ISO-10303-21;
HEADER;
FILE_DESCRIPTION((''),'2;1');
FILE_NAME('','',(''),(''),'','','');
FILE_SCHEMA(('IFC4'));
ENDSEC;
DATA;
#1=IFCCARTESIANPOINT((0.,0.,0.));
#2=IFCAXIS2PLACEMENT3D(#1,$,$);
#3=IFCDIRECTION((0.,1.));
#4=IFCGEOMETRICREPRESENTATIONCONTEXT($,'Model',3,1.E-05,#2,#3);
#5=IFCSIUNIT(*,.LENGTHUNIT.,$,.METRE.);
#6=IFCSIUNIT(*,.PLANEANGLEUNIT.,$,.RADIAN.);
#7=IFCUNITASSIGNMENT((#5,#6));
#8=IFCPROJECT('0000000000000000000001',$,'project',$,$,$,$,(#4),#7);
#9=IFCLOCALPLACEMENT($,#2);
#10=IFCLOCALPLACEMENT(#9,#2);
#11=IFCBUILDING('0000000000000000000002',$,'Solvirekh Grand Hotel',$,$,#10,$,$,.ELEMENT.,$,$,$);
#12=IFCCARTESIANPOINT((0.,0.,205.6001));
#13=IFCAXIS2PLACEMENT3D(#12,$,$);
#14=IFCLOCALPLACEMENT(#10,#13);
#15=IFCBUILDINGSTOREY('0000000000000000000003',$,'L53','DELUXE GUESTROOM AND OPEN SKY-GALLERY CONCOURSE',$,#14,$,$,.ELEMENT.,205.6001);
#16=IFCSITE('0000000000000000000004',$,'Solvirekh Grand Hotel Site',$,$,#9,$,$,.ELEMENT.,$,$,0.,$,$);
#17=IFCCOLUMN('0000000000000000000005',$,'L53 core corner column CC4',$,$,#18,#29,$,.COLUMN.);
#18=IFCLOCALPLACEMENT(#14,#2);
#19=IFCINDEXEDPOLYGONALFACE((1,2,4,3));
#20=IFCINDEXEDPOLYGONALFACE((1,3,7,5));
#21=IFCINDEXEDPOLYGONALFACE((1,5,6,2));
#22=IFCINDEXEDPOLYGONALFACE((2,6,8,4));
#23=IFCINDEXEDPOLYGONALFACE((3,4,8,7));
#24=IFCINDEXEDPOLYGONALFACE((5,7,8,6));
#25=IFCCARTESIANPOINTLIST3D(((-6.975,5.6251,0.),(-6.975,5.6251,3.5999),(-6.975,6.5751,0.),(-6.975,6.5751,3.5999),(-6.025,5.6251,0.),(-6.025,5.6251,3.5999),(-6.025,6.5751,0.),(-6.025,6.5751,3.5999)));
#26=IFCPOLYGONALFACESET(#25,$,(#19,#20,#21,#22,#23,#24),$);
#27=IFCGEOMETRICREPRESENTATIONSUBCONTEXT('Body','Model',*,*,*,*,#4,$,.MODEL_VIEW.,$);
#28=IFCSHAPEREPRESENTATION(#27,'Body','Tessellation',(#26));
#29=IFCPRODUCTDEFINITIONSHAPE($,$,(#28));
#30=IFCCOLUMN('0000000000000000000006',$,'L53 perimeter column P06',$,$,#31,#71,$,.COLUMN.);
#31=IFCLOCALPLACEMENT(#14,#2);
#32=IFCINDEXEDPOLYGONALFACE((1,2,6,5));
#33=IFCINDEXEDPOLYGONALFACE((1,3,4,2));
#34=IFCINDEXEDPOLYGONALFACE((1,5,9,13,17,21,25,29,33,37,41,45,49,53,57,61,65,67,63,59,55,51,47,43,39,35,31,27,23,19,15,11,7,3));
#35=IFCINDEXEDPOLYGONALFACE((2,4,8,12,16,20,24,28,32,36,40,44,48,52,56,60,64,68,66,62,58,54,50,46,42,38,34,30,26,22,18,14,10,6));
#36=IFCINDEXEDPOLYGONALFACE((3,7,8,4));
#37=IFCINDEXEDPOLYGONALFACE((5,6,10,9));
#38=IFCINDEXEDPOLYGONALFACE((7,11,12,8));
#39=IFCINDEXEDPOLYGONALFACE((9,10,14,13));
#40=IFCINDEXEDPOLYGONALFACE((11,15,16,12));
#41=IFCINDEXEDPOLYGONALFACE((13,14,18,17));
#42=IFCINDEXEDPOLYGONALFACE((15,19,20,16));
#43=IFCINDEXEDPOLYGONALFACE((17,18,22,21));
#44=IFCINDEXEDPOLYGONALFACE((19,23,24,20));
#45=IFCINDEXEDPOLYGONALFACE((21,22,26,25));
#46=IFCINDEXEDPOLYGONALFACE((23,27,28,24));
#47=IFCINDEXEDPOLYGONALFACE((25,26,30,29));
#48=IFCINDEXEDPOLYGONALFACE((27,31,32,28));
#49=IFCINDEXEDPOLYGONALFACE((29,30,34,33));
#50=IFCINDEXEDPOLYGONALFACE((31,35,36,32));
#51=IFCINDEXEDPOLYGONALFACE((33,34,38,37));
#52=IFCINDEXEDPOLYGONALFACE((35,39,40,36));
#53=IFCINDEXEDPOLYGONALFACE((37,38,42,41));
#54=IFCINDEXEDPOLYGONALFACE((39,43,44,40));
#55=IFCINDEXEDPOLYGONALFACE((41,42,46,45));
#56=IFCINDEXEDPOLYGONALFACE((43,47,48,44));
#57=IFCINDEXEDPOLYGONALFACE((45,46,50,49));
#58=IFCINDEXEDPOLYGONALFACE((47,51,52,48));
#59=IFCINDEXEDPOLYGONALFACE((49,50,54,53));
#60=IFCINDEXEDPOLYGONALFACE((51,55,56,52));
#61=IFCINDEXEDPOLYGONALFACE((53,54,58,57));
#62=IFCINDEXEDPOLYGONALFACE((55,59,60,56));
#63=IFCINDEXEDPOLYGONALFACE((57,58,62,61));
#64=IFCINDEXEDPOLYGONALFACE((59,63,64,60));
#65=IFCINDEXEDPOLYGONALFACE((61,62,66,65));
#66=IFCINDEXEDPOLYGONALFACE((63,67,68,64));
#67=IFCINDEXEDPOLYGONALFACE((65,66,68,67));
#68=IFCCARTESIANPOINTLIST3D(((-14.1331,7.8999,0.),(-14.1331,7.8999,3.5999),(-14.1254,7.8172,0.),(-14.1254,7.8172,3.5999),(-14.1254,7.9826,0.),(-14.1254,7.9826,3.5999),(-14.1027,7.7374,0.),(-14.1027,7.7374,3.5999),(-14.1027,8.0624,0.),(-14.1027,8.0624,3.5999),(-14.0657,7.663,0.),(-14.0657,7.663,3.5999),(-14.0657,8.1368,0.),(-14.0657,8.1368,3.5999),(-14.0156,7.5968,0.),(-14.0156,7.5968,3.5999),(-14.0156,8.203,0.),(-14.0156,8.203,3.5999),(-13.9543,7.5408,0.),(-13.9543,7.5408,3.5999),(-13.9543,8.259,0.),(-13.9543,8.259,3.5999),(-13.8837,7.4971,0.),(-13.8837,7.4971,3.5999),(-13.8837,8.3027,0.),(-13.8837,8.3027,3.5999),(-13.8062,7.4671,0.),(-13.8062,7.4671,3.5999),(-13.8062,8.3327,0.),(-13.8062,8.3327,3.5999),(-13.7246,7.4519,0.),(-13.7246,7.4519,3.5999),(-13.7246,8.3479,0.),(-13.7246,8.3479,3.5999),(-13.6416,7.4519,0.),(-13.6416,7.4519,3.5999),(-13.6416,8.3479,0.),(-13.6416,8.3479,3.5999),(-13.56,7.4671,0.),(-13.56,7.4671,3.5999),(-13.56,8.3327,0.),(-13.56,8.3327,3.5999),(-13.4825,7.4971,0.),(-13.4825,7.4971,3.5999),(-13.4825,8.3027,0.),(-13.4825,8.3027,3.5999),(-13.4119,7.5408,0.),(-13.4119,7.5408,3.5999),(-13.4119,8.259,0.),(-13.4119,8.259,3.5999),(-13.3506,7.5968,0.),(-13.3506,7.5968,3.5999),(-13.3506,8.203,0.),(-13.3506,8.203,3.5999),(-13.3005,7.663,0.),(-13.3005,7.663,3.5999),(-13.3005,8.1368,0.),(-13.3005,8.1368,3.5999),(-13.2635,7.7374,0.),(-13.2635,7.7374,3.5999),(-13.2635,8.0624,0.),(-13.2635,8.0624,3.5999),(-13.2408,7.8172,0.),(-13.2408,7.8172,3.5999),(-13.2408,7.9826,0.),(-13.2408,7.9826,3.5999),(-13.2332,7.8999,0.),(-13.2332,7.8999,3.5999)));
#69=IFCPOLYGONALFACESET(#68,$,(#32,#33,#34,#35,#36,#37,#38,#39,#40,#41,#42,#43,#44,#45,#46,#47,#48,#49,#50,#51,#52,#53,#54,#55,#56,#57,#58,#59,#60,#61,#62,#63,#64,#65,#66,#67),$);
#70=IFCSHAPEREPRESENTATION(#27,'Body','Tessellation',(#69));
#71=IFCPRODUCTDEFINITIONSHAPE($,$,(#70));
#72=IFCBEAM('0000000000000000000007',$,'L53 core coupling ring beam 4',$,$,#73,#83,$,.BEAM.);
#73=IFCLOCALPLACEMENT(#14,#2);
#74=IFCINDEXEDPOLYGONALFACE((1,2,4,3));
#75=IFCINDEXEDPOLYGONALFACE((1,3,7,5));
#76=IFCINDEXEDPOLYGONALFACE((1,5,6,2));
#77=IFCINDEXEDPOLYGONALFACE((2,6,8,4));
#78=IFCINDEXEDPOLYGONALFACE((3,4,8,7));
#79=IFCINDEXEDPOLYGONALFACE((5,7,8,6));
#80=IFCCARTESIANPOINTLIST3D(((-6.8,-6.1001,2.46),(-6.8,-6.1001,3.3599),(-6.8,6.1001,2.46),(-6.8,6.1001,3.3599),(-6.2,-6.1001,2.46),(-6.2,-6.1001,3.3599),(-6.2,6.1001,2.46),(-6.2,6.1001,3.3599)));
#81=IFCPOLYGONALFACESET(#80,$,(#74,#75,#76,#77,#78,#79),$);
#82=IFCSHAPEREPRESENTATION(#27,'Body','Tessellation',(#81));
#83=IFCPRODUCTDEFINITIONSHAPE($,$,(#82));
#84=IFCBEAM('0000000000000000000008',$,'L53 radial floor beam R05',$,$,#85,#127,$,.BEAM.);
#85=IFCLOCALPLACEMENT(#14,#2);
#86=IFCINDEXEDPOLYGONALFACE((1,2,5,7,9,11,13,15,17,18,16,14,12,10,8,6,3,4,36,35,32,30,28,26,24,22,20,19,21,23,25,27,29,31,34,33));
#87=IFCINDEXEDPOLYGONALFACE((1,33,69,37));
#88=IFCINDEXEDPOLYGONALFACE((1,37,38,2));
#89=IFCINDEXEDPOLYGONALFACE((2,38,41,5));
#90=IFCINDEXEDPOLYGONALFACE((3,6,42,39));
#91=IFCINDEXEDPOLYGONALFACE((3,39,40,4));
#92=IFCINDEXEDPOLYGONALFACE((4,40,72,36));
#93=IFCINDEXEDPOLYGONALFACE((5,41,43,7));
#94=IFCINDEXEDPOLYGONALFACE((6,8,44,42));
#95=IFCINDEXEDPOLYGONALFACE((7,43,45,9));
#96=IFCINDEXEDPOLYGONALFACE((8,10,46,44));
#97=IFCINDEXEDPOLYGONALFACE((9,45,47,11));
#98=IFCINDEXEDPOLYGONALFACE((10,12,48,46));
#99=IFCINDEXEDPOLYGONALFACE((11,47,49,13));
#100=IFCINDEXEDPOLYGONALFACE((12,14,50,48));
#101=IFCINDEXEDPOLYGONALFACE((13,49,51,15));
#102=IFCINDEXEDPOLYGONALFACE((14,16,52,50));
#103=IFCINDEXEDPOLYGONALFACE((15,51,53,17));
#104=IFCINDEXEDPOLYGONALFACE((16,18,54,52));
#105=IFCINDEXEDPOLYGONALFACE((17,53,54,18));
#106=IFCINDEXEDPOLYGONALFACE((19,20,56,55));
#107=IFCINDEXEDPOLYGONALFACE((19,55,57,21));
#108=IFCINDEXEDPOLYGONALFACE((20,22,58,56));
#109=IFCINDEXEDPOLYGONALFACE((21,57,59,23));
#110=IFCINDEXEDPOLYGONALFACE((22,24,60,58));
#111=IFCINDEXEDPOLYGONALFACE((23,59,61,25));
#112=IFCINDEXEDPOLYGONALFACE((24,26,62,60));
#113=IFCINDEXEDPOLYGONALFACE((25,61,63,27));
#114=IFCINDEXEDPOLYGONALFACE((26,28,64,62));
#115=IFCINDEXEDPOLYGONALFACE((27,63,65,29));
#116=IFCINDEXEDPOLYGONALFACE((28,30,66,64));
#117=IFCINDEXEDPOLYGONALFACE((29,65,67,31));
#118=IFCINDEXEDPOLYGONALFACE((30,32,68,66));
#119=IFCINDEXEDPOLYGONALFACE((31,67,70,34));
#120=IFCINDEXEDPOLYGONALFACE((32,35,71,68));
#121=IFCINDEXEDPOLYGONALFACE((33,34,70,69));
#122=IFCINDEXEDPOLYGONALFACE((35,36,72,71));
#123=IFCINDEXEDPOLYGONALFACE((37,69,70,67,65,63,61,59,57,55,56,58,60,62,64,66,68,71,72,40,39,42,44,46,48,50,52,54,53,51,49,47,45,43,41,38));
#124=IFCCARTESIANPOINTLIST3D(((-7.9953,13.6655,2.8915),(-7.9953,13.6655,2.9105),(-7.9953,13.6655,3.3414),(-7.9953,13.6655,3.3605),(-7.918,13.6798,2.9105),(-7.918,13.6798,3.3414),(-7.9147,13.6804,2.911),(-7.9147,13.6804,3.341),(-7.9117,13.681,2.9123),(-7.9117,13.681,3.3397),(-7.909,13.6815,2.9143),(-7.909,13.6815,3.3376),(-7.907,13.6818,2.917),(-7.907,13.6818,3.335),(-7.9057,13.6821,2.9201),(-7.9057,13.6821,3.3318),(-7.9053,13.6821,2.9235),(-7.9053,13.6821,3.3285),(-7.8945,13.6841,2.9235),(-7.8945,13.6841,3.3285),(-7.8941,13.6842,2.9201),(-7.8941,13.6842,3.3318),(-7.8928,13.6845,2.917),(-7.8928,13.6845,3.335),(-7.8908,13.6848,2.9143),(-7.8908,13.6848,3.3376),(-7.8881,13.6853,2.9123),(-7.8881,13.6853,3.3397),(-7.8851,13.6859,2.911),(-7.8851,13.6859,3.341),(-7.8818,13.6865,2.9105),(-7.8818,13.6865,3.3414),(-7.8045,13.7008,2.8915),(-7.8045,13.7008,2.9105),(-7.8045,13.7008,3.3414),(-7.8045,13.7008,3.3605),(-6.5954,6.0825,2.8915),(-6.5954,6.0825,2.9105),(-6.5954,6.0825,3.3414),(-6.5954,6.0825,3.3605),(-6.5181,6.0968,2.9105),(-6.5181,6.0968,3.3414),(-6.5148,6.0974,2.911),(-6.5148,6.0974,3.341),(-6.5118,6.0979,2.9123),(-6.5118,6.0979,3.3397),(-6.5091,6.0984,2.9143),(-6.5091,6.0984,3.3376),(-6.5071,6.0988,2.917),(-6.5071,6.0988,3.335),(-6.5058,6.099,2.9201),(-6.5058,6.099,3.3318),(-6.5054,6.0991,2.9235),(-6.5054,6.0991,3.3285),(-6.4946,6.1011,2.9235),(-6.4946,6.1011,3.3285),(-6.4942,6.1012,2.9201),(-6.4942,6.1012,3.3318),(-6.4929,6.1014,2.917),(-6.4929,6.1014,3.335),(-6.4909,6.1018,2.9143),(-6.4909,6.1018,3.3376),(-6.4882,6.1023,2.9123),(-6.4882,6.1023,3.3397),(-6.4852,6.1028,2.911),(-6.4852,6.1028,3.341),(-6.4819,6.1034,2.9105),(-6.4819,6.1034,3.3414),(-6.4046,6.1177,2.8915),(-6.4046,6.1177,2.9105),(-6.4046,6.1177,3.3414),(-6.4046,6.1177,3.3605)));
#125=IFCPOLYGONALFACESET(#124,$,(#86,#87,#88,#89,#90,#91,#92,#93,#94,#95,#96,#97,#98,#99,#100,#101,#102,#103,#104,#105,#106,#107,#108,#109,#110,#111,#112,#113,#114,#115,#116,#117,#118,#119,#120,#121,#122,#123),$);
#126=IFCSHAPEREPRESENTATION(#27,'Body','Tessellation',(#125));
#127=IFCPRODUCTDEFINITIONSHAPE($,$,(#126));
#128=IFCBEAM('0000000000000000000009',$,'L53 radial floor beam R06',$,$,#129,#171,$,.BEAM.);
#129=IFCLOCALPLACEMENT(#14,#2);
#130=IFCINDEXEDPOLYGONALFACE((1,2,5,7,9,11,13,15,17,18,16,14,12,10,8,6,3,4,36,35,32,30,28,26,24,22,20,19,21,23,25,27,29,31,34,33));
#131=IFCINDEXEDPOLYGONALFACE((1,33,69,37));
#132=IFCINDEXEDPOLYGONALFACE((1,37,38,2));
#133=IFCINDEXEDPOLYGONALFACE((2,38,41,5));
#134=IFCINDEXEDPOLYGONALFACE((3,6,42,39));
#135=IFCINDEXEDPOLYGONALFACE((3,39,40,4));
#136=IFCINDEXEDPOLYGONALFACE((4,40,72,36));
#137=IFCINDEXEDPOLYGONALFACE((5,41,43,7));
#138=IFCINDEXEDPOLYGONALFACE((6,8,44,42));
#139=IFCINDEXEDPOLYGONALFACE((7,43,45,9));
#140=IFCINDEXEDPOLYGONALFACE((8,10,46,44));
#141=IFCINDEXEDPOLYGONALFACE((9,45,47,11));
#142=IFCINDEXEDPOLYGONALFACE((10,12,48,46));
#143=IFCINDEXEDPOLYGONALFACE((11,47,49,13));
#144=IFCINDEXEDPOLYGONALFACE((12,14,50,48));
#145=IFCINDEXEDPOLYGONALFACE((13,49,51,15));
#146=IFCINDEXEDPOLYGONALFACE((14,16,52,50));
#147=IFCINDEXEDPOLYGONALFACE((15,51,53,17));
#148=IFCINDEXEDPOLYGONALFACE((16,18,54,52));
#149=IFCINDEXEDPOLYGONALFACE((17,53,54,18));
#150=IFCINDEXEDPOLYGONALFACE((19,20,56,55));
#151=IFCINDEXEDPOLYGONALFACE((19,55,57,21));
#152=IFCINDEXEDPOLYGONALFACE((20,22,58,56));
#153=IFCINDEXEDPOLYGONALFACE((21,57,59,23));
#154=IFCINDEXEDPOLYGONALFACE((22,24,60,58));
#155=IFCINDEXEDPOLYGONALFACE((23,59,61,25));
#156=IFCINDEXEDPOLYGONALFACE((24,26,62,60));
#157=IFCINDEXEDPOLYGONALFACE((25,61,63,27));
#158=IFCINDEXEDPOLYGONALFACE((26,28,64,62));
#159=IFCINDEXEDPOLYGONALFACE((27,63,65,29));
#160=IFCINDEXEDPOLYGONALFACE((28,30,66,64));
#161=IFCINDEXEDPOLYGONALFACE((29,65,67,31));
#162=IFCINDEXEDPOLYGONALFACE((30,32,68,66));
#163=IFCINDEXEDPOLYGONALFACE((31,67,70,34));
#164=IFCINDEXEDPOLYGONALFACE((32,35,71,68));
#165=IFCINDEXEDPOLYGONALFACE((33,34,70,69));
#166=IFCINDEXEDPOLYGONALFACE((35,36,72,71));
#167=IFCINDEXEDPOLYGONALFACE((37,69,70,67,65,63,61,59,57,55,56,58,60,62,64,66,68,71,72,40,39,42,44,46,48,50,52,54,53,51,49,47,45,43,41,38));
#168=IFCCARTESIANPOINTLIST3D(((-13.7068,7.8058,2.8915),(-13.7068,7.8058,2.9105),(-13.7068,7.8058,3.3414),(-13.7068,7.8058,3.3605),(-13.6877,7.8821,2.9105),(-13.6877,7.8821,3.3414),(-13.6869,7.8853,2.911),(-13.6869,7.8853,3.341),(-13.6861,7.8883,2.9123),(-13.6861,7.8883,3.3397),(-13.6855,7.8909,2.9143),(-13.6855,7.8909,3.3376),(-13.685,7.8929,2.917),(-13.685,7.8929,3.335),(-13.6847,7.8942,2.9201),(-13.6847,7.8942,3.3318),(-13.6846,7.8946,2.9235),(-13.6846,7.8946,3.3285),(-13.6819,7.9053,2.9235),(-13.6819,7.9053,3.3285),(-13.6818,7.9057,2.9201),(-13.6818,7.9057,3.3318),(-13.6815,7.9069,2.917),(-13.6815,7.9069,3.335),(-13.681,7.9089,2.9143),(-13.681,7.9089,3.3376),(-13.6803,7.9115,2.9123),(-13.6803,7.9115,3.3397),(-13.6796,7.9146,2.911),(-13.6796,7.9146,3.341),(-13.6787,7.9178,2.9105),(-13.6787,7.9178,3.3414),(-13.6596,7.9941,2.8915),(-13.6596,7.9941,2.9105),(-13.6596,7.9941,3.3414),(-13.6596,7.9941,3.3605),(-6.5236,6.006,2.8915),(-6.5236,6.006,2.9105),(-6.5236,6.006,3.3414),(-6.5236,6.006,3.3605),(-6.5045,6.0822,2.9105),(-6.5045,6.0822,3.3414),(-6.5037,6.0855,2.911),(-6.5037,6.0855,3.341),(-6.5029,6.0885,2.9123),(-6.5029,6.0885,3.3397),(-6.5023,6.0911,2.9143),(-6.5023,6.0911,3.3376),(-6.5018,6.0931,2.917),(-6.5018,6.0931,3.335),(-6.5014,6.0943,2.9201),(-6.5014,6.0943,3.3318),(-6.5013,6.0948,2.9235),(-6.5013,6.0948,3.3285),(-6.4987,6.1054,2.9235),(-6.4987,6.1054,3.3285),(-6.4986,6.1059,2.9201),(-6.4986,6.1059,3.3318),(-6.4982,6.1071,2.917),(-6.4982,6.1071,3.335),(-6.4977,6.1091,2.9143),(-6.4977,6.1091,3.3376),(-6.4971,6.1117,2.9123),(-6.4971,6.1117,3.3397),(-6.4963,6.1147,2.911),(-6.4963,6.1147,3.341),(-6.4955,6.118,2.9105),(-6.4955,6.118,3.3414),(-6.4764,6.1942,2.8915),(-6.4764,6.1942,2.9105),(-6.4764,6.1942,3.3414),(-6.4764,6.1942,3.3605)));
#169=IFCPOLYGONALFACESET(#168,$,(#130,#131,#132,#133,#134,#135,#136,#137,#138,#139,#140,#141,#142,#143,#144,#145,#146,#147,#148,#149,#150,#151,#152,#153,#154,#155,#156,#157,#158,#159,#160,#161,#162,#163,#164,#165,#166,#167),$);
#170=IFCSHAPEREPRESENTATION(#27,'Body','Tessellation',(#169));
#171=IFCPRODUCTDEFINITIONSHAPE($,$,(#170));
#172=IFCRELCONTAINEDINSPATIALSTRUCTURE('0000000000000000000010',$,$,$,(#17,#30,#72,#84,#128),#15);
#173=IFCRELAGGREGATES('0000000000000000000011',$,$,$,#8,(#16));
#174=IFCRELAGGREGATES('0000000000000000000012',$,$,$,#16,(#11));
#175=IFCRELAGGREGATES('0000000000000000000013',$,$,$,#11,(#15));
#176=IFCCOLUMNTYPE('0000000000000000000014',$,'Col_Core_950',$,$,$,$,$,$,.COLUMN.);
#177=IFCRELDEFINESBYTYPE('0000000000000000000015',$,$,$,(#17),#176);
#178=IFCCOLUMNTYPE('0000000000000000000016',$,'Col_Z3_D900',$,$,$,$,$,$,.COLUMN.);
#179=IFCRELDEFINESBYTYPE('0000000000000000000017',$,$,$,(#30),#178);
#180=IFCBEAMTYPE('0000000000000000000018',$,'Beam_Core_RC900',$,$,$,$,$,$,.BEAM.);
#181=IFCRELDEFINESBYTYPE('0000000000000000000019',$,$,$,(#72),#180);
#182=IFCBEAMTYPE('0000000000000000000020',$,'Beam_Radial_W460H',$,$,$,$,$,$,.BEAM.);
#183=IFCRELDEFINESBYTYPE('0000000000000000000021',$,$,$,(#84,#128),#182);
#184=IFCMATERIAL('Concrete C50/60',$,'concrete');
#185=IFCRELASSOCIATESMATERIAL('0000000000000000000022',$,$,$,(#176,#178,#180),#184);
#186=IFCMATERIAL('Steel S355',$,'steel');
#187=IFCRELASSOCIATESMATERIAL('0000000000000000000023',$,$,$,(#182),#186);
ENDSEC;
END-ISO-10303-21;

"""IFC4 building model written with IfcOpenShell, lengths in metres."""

from ifc_helpers import new_model, si_unit, direction, frame, origin, origin_2d, place, context, subcontext, project, spatial, rectangle, circle, i_section, extrude, material, material_profile, profile_set, type_object, element, save


model = new_model("IFC4")

# Units and contexts
model_context = context("Model", 3, precision=1e-05, world=origin(), true_north=direction((0.0, 1.0)))
body_context = subcontext(model_context, "Body", "Model", "MODEL_VIEW")
ifc_project = project(units=[si_unit("LENGTHUNIT", "METRE"), si_unit("PLANEANGLEUNIT", "RADIAN")], contexts=[model_context])

# Site, building, storey
site_placement = place(None, origin())
site = spatial("IfcSite", under=ifc_project, at=site_placement, Name="Solvirekh Grand Hotel Site", CompositionType="ELEMENT", RefElevation=0.0)
building_placement = place(site_placement, origin())
building = spatial("IfcBuilding", under=site, at=building_placement, Name="Solvirekh Grand Hotel", CompositionType="ELEMENT")
storey_placement = place(building_placement, frame((0.0, 0.0, 205.6001)))
storey = spatial("IfcBuildingStorey", under=building, at=storey_placement, Name="L53", Description="DELUXE GUESTROOM AND OPEN SKY-GALLERY CONCOURSE", CompositionType="ELEMENT", Elevation=205.6001)

# Columns
ifc_material_1 = material(Name="Concrete C50/60", Category="concrete")
ifc_material_profile_1 = material_profile(ifc_material_1, rectangle(XDim=0.95, YDim=0.95, at=origin_2d()), Name="RC 950X950")
ifc_profile_set_1 = profile_set([ifc_material_profile_1], Name="Concrete C50/60")
column_type_1 = type_object("IfcColumnType", Name="Col_Core_950", PredefinedType="COLUMN", material=ifc_profile_set_1)
column_1_placement = place(storey_placement, frame((-6.5, 6.1001, 0.0), z_axis=(0.0, 0.0, 1.0), x_axis=(1.0, 0.0, 0.0)))
element("IfcColumn", 1, at=column_1_placement, inside=storey, type_object=column_type_1, Name="L53 core corner column CC4", PredefinedType="COLUMN", context=body_context, shape_type="SweptSolid", body=[
    extrude(rectangle(XDim=0.95, YDim=0.95, at=origin_2d()), origin(), (0.0, 0.0, 1.0), 3.5999),
])
ifc_material_profile_2 = material_profile(ifc_material_1, circle(Radius=0.45, at=origin_2d()), Name="RC CIRC D900")
ifc_profile_set_2 = profile_set([ifc_material_profile_2], Name="Concrete C50/60")
column_type_2 = type_object("IfcColumnType", Name="Col_Z3_D900", PredefinedType="COLUMN", material=ifc_profile_set_2)
column_2_placement = place(storey_placement, frame((-13.6831, 7.8999, 0.0), z_axis=(0.0, 0.0, 1.0), x_axis=(1.0, 0.0, 0.0)))
element("IfcColumn", 2, at=column_2_placement, inside=storey, type_object=column_type_2, Name="L53 perimeter column P06", PredefinedType="COLUMN", context=body_context, shape_type="SweptSolid", body=[
    extrude(circle(Radius=0.45, at=origin_2d()), origin(), (0.0, 0.0, 1.0), 3.5999),
])

# Beams
ifc_material_profile_3 = material_profile(ifc_material_1, rectangle(XDim=0.6001, YDim=0.8999, at=origin_2d()), Name="RC BEAM 600X900")
ifc_profile_set_3 = profile_set([ifc_material_profile_3], Name="Concrete C50/60")
beam_type_1 = type_object("IfcBeamType", Name="Beam_Core_RC900", PredefinedType="BEAM", material=ifc_profile_set_3)
beam_1_placement = place(storey_placement, frame((-6.5, 6.1001, 2.9099), z_axis=(0.0, -1.0, 0.0), x_axis=(1.0, 0.0, 0.0)))
element("IfcBeam", 3, at=beam_1_placement, inside=storey, type_object=beam_type_1, Name="L53 core coupling ring beam 4", PredefinedType="BEAM", context=body_context, shape_type="SweptSolid", body=[
    extrude(rectangle(XDim=0.6001, YDim=0.8999, at=origin_2d()), origin(), (0.0, 0.0, 1.0), 12.2002),
])
ifc_material_2 = material(Name="Steel S355", Category="steel")
ifc_material_profile_4 = material_profile(ifc_material_2, i_section(OverallWidth=0.1941, OverallDepth=0.469, WebThickness=0.011, FlangeThickness=0.019, FilletRadius=0.0129, at=origin_2d()), Name="W460X106")
ifc_profile_set_4 = profile_set([ifc_material_profile_4], Name="Steel S355")
beam_type_2 = type_object("IfcBeamType", Name="Beam_Radial_W460H", PredefinedType="BEAM", material=ifc_profile_set_4)
beam_2_placement = place(storey_placement, frame((-6.5, 6.1001, 3.126), z_axis=(-0.181543, 0.983383, 0.0), x_axis=(-0.983383, -0.181543, 0.0)))
element("IfcBeam", 4, at=beam_2_placement, inside=storey, type_object=beam_type_2, Name="L53 radial floor beam R05", PredefinedType="BEAM", context=body_context, shape_type="SweptSolid", body=[
    extrude(i_section(OverallWidth=0.1941, OverallDepth=0.469, WebThickness=0.011, FlangeThickness=0.019, FilletRadius=0.0129, at=origin_2d()), origin(), (0.0, 0.0, 1.0), 7.7112),
])
beam_3_placement = place(storey_placement, frame((-6.5, 6.1001, 3.126), z_axis=(-0.970014, 0.243048, 0.0), x_axis=(-0.243048, -0.970014, 0.0)))
element("IfcBeam", 5, at=beam_3_placement, inside=storey, type_object=beam_type_2, Name="L53 radial floor beam R06", PredefinedType="BEAM", context=body_context, shape_type="SweptSolid", body=[
    extrude(i_section(OverallWidth=0.1941, OverallDepth=0.469, WebThickness=0.011, FlangeThickness=0.019, FilletRadius=0.0129, at=origin_2d()), origin(), (0.0, 0.0, 1.0), 7.4053),
])

save(model, "model.ifc")
